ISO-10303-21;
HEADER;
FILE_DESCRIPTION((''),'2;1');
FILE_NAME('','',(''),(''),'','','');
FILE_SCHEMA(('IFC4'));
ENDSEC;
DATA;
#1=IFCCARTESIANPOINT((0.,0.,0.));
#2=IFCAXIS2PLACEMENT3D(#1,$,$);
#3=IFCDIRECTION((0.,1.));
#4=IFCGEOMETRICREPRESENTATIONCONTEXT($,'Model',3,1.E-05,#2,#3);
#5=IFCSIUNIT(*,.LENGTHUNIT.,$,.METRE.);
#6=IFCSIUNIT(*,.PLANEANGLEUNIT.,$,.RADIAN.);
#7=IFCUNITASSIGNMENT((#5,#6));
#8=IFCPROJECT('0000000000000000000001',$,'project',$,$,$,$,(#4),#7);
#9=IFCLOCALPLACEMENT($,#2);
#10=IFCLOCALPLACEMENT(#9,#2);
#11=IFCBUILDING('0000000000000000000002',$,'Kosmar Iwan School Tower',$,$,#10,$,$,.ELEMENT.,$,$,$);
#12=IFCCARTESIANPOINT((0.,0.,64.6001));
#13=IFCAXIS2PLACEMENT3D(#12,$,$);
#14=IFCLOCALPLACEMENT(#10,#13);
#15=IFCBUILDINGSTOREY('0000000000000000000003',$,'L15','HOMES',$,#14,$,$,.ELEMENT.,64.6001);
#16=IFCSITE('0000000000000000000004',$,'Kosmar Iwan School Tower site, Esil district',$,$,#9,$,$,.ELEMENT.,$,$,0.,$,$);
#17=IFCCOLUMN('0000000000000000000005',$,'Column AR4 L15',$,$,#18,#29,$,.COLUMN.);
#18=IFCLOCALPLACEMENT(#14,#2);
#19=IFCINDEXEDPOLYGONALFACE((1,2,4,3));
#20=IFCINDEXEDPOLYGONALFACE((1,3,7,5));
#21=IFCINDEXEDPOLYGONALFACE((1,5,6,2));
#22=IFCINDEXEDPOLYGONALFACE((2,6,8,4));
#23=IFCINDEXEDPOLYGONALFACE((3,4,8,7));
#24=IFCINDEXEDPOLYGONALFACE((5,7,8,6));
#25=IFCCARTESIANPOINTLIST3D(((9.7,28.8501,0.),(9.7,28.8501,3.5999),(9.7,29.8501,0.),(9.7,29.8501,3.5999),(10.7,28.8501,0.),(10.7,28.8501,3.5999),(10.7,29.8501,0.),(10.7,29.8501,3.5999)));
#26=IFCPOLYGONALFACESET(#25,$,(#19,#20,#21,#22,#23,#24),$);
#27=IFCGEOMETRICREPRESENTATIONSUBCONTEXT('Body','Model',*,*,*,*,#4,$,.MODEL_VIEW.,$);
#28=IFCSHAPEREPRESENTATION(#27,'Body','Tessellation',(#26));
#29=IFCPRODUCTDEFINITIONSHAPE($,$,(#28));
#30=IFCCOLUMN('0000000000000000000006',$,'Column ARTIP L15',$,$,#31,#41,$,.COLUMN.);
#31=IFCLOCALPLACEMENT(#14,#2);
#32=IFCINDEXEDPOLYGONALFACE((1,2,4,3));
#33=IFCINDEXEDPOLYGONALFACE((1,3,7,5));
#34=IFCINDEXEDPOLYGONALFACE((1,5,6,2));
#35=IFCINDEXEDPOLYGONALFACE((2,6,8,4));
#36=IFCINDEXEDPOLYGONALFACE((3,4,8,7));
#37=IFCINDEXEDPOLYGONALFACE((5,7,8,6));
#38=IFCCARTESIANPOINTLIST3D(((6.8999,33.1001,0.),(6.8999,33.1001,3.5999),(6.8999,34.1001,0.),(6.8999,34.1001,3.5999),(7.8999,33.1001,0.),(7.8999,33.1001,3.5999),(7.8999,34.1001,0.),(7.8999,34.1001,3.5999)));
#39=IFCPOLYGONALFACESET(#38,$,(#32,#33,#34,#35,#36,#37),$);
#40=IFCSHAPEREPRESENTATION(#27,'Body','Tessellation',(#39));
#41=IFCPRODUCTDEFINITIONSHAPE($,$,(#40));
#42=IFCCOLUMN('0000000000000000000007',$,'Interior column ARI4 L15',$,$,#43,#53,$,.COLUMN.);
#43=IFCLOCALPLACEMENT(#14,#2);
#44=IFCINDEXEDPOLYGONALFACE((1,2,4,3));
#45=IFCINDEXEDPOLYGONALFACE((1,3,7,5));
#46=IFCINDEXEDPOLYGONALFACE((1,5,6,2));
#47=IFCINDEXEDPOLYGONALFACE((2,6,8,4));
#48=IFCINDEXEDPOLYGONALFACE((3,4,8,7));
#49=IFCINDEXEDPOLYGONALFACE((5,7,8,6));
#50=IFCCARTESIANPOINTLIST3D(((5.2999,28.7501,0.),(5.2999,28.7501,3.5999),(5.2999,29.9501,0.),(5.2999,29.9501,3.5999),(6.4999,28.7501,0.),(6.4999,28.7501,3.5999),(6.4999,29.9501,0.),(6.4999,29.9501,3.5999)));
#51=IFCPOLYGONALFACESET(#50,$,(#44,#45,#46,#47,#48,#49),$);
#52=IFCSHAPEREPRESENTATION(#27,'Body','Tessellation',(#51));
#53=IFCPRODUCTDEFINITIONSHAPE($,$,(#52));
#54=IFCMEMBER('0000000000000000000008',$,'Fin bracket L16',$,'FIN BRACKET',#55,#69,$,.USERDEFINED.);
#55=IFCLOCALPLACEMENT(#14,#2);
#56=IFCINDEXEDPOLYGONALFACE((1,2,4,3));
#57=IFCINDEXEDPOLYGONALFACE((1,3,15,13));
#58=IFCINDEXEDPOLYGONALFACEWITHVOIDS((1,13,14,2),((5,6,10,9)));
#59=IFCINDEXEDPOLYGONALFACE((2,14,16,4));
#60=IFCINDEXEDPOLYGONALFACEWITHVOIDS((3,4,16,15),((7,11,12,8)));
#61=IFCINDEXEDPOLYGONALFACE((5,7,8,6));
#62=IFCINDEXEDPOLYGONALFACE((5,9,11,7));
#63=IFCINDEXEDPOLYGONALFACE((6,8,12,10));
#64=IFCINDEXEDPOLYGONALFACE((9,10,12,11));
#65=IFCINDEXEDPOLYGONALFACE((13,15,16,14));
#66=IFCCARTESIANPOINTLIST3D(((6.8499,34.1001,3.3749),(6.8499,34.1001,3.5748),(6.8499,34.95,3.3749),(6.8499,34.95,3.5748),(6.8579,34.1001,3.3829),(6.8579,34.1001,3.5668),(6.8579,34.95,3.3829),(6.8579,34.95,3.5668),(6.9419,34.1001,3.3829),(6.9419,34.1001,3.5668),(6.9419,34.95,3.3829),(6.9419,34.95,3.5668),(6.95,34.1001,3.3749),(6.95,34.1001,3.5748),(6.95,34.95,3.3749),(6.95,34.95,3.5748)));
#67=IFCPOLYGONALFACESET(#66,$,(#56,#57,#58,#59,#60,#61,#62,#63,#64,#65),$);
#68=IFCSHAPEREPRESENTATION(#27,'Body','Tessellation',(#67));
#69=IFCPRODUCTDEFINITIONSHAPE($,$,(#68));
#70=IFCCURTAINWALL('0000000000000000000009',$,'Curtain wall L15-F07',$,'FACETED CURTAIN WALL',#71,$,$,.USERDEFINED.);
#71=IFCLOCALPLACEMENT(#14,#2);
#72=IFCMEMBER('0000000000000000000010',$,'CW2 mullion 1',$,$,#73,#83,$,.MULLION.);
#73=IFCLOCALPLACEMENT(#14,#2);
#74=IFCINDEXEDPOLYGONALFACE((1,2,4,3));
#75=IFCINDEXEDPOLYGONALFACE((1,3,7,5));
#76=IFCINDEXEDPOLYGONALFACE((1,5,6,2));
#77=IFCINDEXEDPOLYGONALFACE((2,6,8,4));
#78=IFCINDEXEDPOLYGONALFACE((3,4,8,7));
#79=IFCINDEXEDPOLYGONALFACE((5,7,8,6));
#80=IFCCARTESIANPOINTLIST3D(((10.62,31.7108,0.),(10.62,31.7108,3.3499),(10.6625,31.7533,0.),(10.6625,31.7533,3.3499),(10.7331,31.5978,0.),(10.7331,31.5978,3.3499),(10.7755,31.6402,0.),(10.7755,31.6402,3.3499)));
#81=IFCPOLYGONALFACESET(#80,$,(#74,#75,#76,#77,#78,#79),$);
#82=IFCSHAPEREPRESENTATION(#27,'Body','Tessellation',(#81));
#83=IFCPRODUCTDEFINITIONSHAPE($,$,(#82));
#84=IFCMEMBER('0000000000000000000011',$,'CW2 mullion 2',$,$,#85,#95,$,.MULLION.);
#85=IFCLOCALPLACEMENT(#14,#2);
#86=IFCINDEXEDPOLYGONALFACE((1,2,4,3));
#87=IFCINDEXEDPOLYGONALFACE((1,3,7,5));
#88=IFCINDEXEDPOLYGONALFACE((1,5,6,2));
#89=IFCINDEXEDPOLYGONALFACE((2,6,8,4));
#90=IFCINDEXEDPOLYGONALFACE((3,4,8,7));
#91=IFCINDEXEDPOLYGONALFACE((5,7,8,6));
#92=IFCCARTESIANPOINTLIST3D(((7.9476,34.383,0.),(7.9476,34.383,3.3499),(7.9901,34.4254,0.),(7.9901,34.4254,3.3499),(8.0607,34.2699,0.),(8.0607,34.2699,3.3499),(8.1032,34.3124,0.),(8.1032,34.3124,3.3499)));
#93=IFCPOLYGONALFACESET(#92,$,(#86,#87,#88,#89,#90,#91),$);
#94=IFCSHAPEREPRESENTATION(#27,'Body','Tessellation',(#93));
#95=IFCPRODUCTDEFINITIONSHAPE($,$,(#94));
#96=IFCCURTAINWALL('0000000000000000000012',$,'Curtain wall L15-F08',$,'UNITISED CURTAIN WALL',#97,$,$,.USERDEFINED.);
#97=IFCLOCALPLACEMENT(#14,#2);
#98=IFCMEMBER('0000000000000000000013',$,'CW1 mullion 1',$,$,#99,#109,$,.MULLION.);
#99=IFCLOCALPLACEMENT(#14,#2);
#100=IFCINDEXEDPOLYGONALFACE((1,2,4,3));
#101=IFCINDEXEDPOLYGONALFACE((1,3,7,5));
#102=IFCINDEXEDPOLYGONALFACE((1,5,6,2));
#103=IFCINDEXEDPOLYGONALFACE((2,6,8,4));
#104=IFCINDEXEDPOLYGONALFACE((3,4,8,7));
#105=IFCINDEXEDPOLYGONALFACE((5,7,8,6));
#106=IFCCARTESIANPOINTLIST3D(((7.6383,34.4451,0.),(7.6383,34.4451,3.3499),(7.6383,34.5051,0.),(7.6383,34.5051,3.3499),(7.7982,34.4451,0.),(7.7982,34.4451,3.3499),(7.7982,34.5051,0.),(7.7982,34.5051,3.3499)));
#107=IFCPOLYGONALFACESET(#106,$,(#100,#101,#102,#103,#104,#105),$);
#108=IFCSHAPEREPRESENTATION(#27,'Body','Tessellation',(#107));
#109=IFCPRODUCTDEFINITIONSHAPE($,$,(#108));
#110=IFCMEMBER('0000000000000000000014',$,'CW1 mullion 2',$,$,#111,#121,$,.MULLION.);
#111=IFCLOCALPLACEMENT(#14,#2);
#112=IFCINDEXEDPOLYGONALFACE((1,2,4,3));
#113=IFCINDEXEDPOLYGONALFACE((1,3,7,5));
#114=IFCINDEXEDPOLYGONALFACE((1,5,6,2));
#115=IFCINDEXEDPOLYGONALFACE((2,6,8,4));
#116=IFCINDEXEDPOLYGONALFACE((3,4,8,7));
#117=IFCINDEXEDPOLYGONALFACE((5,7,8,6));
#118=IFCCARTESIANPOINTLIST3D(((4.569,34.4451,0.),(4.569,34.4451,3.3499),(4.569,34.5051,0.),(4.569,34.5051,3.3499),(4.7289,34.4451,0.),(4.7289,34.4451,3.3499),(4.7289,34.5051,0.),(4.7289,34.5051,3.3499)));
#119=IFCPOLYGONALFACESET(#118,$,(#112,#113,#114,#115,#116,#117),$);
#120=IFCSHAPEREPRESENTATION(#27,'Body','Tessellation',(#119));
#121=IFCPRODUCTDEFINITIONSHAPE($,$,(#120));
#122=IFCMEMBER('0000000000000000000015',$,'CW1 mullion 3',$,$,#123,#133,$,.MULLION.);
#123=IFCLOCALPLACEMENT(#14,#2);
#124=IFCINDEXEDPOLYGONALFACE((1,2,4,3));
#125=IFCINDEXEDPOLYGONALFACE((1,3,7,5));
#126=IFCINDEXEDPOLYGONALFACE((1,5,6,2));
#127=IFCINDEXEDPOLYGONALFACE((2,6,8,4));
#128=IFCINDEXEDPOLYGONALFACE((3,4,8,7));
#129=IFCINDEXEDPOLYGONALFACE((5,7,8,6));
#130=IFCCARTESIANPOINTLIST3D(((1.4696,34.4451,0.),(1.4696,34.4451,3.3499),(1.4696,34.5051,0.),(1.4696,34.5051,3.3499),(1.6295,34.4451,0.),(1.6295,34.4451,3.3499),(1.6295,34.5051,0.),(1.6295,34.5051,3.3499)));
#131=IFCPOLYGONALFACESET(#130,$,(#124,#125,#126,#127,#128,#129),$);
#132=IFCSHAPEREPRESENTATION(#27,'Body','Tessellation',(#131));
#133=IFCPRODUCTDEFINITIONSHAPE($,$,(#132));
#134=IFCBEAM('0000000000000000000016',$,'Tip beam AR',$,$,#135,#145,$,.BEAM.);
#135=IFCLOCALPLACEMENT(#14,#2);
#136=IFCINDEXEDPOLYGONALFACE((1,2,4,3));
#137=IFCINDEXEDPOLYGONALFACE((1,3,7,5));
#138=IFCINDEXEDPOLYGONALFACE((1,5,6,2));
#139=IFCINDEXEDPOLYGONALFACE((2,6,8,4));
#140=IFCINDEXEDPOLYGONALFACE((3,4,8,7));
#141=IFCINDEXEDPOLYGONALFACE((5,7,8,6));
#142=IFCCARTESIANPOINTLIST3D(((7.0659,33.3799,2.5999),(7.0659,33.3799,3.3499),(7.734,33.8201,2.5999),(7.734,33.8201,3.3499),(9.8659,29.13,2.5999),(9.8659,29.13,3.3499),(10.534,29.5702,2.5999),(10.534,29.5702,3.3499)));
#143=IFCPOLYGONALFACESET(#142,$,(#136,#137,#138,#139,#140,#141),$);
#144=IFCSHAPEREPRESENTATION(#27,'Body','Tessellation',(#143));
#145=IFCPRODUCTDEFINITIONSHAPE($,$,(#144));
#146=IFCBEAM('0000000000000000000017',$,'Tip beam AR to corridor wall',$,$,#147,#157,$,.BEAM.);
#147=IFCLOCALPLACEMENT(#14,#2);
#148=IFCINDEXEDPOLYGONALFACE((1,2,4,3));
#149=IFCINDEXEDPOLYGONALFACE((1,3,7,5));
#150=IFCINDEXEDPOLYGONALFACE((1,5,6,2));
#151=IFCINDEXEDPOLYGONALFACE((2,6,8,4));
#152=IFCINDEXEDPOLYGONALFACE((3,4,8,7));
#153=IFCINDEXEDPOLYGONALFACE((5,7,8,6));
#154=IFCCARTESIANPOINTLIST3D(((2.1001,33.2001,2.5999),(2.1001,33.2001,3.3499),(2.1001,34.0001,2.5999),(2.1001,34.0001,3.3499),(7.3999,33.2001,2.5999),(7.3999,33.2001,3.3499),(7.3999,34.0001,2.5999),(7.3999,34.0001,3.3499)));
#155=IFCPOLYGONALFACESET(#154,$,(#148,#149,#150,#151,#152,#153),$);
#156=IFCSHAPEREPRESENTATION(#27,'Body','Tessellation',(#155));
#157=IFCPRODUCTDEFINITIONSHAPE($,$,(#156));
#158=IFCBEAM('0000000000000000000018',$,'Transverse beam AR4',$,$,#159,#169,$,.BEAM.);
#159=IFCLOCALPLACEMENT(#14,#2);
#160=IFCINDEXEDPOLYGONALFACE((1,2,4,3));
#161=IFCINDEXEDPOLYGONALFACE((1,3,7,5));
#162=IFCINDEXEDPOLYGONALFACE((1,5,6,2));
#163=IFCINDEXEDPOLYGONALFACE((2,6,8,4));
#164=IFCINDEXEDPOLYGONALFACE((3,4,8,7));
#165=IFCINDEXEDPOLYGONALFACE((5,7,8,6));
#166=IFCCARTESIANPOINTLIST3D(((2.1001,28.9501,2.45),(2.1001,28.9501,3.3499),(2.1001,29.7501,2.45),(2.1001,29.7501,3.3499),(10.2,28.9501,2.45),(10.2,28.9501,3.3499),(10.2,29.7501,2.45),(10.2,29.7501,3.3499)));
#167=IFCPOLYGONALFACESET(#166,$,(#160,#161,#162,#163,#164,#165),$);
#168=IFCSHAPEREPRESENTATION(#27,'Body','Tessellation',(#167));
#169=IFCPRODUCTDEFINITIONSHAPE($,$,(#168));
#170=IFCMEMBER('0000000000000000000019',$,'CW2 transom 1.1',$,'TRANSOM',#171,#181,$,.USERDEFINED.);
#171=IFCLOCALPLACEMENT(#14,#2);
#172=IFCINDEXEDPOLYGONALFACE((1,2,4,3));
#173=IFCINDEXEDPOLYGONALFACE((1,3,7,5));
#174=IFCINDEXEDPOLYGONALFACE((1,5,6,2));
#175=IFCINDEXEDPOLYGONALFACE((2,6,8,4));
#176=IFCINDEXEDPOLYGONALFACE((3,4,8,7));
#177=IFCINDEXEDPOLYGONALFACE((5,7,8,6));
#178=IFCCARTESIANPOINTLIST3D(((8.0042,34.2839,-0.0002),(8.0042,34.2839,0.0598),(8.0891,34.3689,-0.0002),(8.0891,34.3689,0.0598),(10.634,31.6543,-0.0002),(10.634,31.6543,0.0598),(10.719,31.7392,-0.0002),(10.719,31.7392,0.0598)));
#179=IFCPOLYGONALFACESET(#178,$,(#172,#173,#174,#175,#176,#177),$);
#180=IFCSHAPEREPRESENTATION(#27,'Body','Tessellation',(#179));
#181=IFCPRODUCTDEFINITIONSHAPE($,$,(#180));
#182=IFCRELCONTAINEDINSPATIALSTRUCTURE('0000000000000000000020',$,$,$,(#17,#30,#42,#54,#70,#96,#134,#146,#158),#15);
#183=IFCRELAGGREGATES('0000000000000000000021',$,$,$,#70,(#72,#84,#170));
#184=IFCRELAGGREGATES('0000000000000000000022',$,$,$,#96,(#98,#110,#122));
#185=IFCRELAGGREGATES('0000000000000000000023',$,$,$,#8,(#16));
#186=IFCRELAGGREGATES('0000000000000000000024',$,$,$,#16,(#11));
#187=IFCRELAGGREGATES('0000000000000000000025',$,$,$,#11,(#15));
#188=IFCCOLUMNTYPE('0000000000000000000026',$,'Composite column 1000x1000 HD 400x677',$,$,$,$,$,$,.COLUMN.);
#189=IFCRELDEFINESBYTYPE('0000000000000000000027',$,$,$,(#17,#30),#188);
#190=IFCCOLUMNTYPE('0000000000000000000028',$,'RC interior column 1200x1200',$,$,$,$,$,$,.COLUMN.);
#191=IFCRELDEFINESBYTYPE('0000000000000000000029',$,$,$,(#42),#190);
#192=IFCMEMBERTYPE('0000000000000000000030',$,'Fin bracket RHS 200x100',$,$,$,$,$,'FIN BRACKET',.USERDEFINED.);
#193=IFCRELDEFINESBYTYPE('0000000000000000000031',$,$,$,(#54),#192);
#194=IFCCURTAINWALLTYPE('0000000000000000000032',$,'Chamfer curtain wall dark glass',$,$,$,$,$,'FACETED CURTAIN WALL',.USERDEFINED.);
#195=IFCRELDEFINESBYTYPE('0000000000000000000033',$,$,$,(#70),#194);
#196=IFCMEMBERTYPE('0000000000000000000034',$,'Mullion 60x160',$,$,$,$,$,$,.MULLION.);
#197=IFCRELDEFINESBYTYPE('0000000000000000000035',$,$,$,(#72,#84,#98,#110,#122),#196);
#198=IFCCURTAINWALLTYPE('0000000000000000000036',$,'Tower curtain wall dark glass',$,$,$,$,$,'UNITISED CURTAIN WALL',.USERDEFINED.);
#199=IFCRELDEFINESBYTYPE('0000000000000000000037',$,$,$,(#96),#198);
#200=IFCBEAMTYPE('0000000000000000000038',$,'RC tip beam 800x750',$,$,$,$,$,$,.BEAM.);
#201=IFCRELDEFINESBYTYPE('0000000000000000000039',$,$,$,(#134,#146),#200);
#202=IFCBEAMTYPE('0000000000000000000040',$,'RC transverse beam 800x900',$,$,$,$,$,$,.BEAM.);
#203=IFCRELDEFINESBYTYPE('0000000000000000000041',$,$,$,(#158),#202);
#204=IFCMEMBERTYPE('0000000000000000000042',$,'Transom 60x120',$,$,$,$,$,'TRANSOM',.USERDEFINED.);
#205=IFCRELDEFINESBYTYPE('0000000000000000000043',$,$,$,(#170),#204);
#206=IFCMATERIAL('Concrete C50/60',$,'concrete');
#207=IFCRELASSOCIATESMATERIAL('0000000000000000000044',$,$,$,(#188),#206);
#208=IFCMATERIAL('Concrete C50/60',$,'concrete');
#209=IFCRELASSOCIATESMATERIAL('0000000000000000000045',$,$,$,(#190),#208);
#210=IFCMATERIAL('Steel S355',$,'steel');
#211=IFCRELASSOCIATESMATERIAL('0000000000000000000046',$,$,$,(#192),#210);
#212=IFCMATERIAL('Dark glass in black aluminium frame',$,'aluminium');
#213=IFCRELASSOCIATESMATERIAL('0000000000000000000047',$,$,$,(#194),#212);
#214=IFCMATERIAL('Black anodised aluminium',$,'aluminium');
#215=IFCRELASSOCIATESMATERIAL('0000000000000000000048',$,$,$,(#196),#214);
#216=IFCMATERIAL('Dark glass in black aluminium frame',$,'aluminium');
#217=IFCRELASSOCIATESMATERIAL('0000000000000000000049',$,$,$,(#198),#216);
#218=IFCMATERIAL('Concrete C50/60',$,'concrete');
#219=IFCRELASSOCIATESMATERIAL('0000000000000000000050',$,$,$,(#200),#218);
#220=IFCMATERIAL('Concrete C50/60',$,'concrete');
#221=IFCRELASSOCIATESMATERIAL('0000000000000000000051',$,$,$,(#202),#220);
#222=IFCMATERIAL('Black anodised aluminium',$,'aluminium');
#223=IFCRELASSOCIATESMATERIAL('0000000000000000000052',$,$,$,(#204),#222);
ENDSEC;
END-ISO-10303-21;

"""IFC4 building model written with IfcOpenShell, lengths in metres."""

from ifc_helpers import new_model, si_unit, direction, frame, origin, origin_2d, place, context, subcontext, project, spatial, rectangle, hollow_rectangle, extrude, material, material_profile, profile_set, type_object, element, aggregate, save


model = new_model("IFC4")

# Units and contexts
model_context = context("Model", 3, precision=1e-05, world=origin(), true_north=direction((0.0, 1.0)))
body_context = subcontext(model_context, "Body", "Model", "MODEL_VIEW")
ifc_project = project(units=[si_unit("LENGTHUNIT", "METRE"), si_unit("PLANEANGLEUNIT", "RADIAN")], contexts=[model_context])

# Site, building, storey
site_placement = place(None, origin())
site = spatial("IfcSite", under=ifc_project, at=site_placement, Name="Kosmar Iwan School Tower site, Esil district", CompositionType="ELEMENT", RefElevation=0.0)
building_placement = place(site_placement, origin())
building = spatial("IfcBuilding", under=site, at=building_placement, Name="Kosmar Iwan School Tower", CompositionType="ELEMENT")
storey_placement = place(building_placement, frame((0.0, 0.0, 64.6001)))
storey = spatial("IfcBuildingStorey", under=building, at=storey_placement, Name="L15", Description="HOMES", CompositionType="ELEMENT", Elevation=64.6001)

# Columns
ifc_material_1 = material(Name="Concrete C50/60", Category="concrete")
ifc_material_profile_1 = material_profile(ifc_material_1, rectangle(XDim=1.0, YDim=1.0, at=origin_2d()), Name="RC 1000x1000 + HD 400x677")
ifc_profile_set_1 = profile_set([ifc_material_profile_1], Name="Concrete C50/60")
column_type_1 = type_object("IfcColumnType", Name="Composite column 1000x1000 HD 400x677", PredefinedType="COLUMN", material=ifc_profile_set_1)
for number, where, z_axis, x_axis, name in (
    (1, (10.2, 29.3501, 0.0), (0.0, 0.0, 1.0), (0.0, 1.0, 0.0), "Column AR4 L15"),
    (2, (7.3999, 33.6001, 0.0), (0.0, 0.0, 1.0), (0.0, 1.0, 0.0), "Column ARTIP L15"),
):
    element("IfcColumn", number, at=place(storey_placement, frame(where, z_axis=z_axis, x_axis=x_axis)), inside=storey, type_object=column_type_1, Name=name, PredefinedType="COLUMN", context=body_context, shape_type="SweptSolid", body=[
        extrude(rectangle(XDim=1.0, YDim=1.0, at=origin_2d()), origin(), (0.0, 0.0, 1.0), 3.5999),
    ])
ifc_material_2 = material(Name="Concrete C50/60", Category="concrete")
ifc_material_profile_2 = material_profile(ifc_material_2, rectangle(XDim=1.2, YDim=1.2, at=origin_2d()), Name="RC 1200x1200")
ifc_profile_set_2 = profile_set([ifc_material_profile_2], Name="Concrete C50/60")
column_type_2 = type_object("IfcColumnType", Name="RC interior column 1200x1200", PredefinedType="COLUMN", material=ifc_profile_set_2)
column_placement = place(storey_placement, frame((5.8999, 29.3501, 0.0), z_axis=(0.0, 0.0, 1.0), x_axis=(0.0, 1.0, 0.0)))
element("IfcColumn", 3, at=column_placement, inside=storey, type_object=column_type_2, Name="Interior column ARI4 L15", PredefinedType="COLUMN", context=body_context, shape_type="SweptSolid", body=[
    extrude(rectangle(XDim=1.2, YDim=1.2, at=origin_2d()), origin(), (0.0, 0.0, 1.0), 3.5999),
])

# Member
ifc_material_3 = material(Name="Steel S355", Category="steel")
ifc_material_profile_3 = material_profile(ifc_material_3, hollow_rectangle(XDim=0.1001, YDim=0.2, WallThickness=0.0081, at=origin_2d()), Name="RHS 200x100x8")
ifc_profile_set_3 = profile_set([ifc_material_profile_3], Name="Steel S355")
member_type_1 = type_object("IfcMemberType", Name="Fin bracket RHS 200x100", ElementType="FIN BRACKET", PredefinedType="USERDEFINED", material=ifc_profile_set_3)
member_1_placement = place(storey_placement, frame((6.8999, 34.1001, 3.4749), z_axis=(0.0, 1.0, 0.0), x_axis=(-1.0, 0.0, 0.0)))
element("IfcMember", 4, at=member_1_placement, inside=storey, type_object=member_type_1, Name="Fin bracket L16", ObjectType="FIN BRACKET", PredefinedType="USERDEFINED", context=body_context, shape_type="SweptSolid", body=[
    extrude(hollow_rectangle(XDim=0.1001, YDim=0.2, WallThickness=0.0081, at=origin_2d()), origin(), (0.0, 0.0, 1.0), 0.8499),
])

# Curtain walls, members
ifc_material_4 = material(Name="Dark glass in black aluminium frame", Category="aluminium")
curtain_wall_type_1 = type_object("IfcCurtainWallType", Name="Chamfer curtain wall dark glass", ElementType="FACETED CURTAIN WALL", PredefinedType="USERDEFINED", material=ifc_material_4)
curtain_wall_1_placement = place(storey_placement, origin())
curtain_wall_1 = element("IfcCurtainWall", 5, at=curtain_wall_1_placement, inside=storey, type_object=curtain_wall_type_1, Name="Curtain wall L15-F07", ObjectType="FACETED CURTAIN WALL", PredefinedType="USERDEFINED")
ifc_material_5 = material(Name="Black anodised aluminium", Category="aluminium")
ifc_material_profile_4 = material_profile(ifc_material_5, rectangle(XDim=0.0601, YDim=0.1599, at=origin_2d()), Name="MULLION 60x160")
ifc_profile_set_4 = profile_set([ifc_material_profile_4], Name="Black anodised aluminium")
member_type_2 = type_object("IfcMemberType", Name="Mullion 60x160", PredefinedType="MULLION", material=ifc_profile_set_4)
member_2_placement = place(storey_placement, frame((10.6978, 31.6755, 0.0), z_axis=(0.0, 0.0, 1.0), x_axis=(-0.707107, -0.707107, 0.0)))
member_2 = element("IfcMember", 6, at=member_2_placement, type_object=member_type_2, Name="CW2 mullion 1", PredefinedType="MULLION", context=body_context, shape_type="SweptSolid", body=[
    extrude(rectangle(XDim=0.0601, YDim=0.1599, at=origin_2d()), origin(), (0.0, 0.0, 1.0), 3.3499),
])
member_3_placement = place(storey_placement, frame((8.0254, 34.3477, 0.0), z_axis=(0.0, 0.0, 1.0), x_axis=(-0.707107, -0.707107, 0.0)))
member_3 = element("IfcMember", 7, at=member_3_placement, type_object=member_type_2, Name="CW2 mullion 2", PredefinedType="MULLION", context=body_context, shape_type="SweptSolid", body=[
    extrude(rectangle(XDim=0.0601, YDim=0.1599, at=origin_2d()), origin(), (0.0, 0.0, 1.0), 3.3499),
])
ifc_material_6 = material(Name="Dark glass in black aluminium frame", Category="aluminium")
curtain_wall_type_2 = type_object("IfcCurtainWallType", Name="Tower curtain wall dark glass", ElementType="UNITISED CURTAIN WALL", PredefinedType="USERDEFINED", material=ifc_material_6)
curtain_wall_2_placement = place(storey_placement, origin())
curtain_wall_2 = element("IfcCurtainWall", 8, at=curtain_wall_2_placement, inside=storey, type_object=curtain_wall_type_2, Name="Curtain wall L15-F08", ObjectType="UNITISED CURTAIN WALL", PredefinedType="USERDEFINED")
member_4_placement = place(storey_placement, frame((7.7183, 34.4751, 0.0), z_axis=(0.0, 0.0, 1.0), x_axis=(0.0, -1.0, 0.0)))
member_4 = element("IfcMember", 9, at=member_4_placement, type_object=member_type_2, Name="CW1 mullion 1", PredefinedType="MULLION", context=body_context, shape_type="SweptSolid", body=[
    extrude(rectangle(XDim=0.0601, YDim=0.1599, at=origin_2d()), origin(), (0.0, 0.0, 1.0), 3.3499),
])
member_5_placement = place(storey_placement, frame((4.6489, 34.4751, 0.0), z_axis=(0.0, 0.0, 1.0), x_axis=(0.0, -1.0, 0.0)))
member_5 = element("IfcMember", 10, at=member_5_placement, type_object=member_type_2, Name="CW1 mullion 2", PredefinedType="MULLION", context=body_context, shape_type="SweptSolid", body=[
    extrude(rectangle(XDim=0.0601, YDim=0.1599, at=origin_2d()), origin(), (0.0, 0.0, 1.0), 3.3499),
])
member_6_placement = place(storey_placement, frame((1.5496, 34.4751, 0.0), z_axis=(0.0, 0.0, 1.0), x_axis=(0.0, -1.0, 0.0)))
member_6 = element("IfcMember", 11, at=member_6_placement, type_object=member_type_2, Name="CW1 mullion 3", PredefinedType="MULLION", context=body_context, shape_type="SweptSolid", body=[
    extrude(rectangle(XDim=0.0601, YDim=0.1599, at=origin_2d()), origin(), (0.0, 0.0, 1.0), 3.3499),
])

# Beams
ifc_material_7 = material(Name="Concrete C50/60", Category="concrete")
ifc_material_profile_5 = material_profile(ifc_material_7, rectangle(XDim=0.8, YDim=0.75, at=origin_2d()), Name="RC 800x750")
ifc_profile_set_5 = profile_set([ifc_material_profile_5], Name="Concrete C50/60")
beam_type_1 = type_object("IfcBeamType", Name="RC tip beam 800x750", PredefinedType="BEAM", material=ifc_profile_set_5)
beam_1_placement = place(storey_placement, frame((10.2, 29.3501, 2.9749), z_axis=(-0.550164, 0.835056, 0.0), x_axis=(-0.835056, -0.550164, 0.0)))
element("IfcBeam", 12, at=beam_1_placement, inside=storey, type_object=beam_type_1, Name="Tip beam AR", PredefinedType="BEAM", context=body_context, shape_type="SweptSolid", body=[
    extrude(rectangle(XDim=0.8, YDim=0.75, at=origin_2d()), origin(), (0.0, 0.0, 1.0), 5.0894),
])
beam_2_placement = place(storey_placement, frame((7.3999, 33.6001, 2.9749), z_axis=(-1.0, 0.0, 0.0), x_axis=(0.0, -1.0, 0.0)))
element("IfcBeam", 13, at=beam_2_placement, inside=storey, type_object=beam_type_1, Name="Tip beam AR to corridor wall", PredefinedType="BEAM", context=body_context, shape_type="SweptSolid", body=[
    extrude(rectangle(XDim=0.8, YDim=0.75, at=origin_2d()), origin(), (0.0, 0.0, 1.0), 5.2998),
])
ifc_material_8 = material(Name="Concrete C50/60", Category="concrete")
ifc_material_profile_6 = material_profile(ifc_material_8, rectangle(XDim=0.8, YDim=0.8999, at=origin_2d()), Name="RC 800x900")
ifc_profile_set_6 = profile_set([ifc_material_profile_6], Name="Concrete C50/60")
beam_type_2 = type_object("IfcBeamType", Name="RC transverse beam 800x900", PredefinedType="BEAM", material=ifc_profile_set_6)
beam_3_placement = place(storey_placement, frame((10.2, 29.3501, 2.8999), z_axis=(-1.0, 0.0, 0.0), x_axis=(0.0, -1.0, 0.0)))
element("IfcBeam", 14, at=beam_3_placement, inside=storey, type_object=beam_type_2, Name="Transverse beam AR4", PredefinedType="BEAM", context=body_context, shape_type="SweptSolid", body=[
    extrude(rectangle(XDim=0.8, YDim=0.8999, at=origin_2d()), origin(), (0.0, 0.0, 1.0), 8.0999),
])

# Member
ifc_material_9 = material(Name="Black anodised aluminium", Category="aluminium")
ifc_material_profile_7 = material_profile(ifc_material_9, rectangle(XDim=0.1201, YDim=0.0601, at=origin_2d()), Name="TRANSOM 60x120")
ifc_profile_set_7 = profile_set([ifc_material_profile_7], Name="Black anodised aluminium")
member_type_3 = type_object("IfcMemberType", Name="Transom 60x120", ElementType="TRANSOM", PredefinedType="USERDEFINED", material=ifc_profile_set_7)
member_7_placement = place(storey_placement, frame((10.6765, 31.6968, 0.0298), z_axis=(-0.70714, 0.707074, 0.0), x_axis=(-0.707074, -0.70714, 0.0)))
member_7 = element("IfcMember", 15, at=member_7_placement, type_object=member_type_3, Name="CW2 transom 1.1", ObjectType="TRANSOM", PredefinedType="USERDEFINED", context=body_context, shape_type="SweptSolid", body=[
    extrude(rectangle(XDim=0.1201, YDim=0.0601, at=origin_2d()), origin(), (0.0, 0.0, 1.0), 3.719),
])

aggregate(curtain_wall_1, [member_2, member_3, member_7])
aggregate(curtain_wall_2, [member_4, member_5, member_6])

save(model, "model.ifc")
